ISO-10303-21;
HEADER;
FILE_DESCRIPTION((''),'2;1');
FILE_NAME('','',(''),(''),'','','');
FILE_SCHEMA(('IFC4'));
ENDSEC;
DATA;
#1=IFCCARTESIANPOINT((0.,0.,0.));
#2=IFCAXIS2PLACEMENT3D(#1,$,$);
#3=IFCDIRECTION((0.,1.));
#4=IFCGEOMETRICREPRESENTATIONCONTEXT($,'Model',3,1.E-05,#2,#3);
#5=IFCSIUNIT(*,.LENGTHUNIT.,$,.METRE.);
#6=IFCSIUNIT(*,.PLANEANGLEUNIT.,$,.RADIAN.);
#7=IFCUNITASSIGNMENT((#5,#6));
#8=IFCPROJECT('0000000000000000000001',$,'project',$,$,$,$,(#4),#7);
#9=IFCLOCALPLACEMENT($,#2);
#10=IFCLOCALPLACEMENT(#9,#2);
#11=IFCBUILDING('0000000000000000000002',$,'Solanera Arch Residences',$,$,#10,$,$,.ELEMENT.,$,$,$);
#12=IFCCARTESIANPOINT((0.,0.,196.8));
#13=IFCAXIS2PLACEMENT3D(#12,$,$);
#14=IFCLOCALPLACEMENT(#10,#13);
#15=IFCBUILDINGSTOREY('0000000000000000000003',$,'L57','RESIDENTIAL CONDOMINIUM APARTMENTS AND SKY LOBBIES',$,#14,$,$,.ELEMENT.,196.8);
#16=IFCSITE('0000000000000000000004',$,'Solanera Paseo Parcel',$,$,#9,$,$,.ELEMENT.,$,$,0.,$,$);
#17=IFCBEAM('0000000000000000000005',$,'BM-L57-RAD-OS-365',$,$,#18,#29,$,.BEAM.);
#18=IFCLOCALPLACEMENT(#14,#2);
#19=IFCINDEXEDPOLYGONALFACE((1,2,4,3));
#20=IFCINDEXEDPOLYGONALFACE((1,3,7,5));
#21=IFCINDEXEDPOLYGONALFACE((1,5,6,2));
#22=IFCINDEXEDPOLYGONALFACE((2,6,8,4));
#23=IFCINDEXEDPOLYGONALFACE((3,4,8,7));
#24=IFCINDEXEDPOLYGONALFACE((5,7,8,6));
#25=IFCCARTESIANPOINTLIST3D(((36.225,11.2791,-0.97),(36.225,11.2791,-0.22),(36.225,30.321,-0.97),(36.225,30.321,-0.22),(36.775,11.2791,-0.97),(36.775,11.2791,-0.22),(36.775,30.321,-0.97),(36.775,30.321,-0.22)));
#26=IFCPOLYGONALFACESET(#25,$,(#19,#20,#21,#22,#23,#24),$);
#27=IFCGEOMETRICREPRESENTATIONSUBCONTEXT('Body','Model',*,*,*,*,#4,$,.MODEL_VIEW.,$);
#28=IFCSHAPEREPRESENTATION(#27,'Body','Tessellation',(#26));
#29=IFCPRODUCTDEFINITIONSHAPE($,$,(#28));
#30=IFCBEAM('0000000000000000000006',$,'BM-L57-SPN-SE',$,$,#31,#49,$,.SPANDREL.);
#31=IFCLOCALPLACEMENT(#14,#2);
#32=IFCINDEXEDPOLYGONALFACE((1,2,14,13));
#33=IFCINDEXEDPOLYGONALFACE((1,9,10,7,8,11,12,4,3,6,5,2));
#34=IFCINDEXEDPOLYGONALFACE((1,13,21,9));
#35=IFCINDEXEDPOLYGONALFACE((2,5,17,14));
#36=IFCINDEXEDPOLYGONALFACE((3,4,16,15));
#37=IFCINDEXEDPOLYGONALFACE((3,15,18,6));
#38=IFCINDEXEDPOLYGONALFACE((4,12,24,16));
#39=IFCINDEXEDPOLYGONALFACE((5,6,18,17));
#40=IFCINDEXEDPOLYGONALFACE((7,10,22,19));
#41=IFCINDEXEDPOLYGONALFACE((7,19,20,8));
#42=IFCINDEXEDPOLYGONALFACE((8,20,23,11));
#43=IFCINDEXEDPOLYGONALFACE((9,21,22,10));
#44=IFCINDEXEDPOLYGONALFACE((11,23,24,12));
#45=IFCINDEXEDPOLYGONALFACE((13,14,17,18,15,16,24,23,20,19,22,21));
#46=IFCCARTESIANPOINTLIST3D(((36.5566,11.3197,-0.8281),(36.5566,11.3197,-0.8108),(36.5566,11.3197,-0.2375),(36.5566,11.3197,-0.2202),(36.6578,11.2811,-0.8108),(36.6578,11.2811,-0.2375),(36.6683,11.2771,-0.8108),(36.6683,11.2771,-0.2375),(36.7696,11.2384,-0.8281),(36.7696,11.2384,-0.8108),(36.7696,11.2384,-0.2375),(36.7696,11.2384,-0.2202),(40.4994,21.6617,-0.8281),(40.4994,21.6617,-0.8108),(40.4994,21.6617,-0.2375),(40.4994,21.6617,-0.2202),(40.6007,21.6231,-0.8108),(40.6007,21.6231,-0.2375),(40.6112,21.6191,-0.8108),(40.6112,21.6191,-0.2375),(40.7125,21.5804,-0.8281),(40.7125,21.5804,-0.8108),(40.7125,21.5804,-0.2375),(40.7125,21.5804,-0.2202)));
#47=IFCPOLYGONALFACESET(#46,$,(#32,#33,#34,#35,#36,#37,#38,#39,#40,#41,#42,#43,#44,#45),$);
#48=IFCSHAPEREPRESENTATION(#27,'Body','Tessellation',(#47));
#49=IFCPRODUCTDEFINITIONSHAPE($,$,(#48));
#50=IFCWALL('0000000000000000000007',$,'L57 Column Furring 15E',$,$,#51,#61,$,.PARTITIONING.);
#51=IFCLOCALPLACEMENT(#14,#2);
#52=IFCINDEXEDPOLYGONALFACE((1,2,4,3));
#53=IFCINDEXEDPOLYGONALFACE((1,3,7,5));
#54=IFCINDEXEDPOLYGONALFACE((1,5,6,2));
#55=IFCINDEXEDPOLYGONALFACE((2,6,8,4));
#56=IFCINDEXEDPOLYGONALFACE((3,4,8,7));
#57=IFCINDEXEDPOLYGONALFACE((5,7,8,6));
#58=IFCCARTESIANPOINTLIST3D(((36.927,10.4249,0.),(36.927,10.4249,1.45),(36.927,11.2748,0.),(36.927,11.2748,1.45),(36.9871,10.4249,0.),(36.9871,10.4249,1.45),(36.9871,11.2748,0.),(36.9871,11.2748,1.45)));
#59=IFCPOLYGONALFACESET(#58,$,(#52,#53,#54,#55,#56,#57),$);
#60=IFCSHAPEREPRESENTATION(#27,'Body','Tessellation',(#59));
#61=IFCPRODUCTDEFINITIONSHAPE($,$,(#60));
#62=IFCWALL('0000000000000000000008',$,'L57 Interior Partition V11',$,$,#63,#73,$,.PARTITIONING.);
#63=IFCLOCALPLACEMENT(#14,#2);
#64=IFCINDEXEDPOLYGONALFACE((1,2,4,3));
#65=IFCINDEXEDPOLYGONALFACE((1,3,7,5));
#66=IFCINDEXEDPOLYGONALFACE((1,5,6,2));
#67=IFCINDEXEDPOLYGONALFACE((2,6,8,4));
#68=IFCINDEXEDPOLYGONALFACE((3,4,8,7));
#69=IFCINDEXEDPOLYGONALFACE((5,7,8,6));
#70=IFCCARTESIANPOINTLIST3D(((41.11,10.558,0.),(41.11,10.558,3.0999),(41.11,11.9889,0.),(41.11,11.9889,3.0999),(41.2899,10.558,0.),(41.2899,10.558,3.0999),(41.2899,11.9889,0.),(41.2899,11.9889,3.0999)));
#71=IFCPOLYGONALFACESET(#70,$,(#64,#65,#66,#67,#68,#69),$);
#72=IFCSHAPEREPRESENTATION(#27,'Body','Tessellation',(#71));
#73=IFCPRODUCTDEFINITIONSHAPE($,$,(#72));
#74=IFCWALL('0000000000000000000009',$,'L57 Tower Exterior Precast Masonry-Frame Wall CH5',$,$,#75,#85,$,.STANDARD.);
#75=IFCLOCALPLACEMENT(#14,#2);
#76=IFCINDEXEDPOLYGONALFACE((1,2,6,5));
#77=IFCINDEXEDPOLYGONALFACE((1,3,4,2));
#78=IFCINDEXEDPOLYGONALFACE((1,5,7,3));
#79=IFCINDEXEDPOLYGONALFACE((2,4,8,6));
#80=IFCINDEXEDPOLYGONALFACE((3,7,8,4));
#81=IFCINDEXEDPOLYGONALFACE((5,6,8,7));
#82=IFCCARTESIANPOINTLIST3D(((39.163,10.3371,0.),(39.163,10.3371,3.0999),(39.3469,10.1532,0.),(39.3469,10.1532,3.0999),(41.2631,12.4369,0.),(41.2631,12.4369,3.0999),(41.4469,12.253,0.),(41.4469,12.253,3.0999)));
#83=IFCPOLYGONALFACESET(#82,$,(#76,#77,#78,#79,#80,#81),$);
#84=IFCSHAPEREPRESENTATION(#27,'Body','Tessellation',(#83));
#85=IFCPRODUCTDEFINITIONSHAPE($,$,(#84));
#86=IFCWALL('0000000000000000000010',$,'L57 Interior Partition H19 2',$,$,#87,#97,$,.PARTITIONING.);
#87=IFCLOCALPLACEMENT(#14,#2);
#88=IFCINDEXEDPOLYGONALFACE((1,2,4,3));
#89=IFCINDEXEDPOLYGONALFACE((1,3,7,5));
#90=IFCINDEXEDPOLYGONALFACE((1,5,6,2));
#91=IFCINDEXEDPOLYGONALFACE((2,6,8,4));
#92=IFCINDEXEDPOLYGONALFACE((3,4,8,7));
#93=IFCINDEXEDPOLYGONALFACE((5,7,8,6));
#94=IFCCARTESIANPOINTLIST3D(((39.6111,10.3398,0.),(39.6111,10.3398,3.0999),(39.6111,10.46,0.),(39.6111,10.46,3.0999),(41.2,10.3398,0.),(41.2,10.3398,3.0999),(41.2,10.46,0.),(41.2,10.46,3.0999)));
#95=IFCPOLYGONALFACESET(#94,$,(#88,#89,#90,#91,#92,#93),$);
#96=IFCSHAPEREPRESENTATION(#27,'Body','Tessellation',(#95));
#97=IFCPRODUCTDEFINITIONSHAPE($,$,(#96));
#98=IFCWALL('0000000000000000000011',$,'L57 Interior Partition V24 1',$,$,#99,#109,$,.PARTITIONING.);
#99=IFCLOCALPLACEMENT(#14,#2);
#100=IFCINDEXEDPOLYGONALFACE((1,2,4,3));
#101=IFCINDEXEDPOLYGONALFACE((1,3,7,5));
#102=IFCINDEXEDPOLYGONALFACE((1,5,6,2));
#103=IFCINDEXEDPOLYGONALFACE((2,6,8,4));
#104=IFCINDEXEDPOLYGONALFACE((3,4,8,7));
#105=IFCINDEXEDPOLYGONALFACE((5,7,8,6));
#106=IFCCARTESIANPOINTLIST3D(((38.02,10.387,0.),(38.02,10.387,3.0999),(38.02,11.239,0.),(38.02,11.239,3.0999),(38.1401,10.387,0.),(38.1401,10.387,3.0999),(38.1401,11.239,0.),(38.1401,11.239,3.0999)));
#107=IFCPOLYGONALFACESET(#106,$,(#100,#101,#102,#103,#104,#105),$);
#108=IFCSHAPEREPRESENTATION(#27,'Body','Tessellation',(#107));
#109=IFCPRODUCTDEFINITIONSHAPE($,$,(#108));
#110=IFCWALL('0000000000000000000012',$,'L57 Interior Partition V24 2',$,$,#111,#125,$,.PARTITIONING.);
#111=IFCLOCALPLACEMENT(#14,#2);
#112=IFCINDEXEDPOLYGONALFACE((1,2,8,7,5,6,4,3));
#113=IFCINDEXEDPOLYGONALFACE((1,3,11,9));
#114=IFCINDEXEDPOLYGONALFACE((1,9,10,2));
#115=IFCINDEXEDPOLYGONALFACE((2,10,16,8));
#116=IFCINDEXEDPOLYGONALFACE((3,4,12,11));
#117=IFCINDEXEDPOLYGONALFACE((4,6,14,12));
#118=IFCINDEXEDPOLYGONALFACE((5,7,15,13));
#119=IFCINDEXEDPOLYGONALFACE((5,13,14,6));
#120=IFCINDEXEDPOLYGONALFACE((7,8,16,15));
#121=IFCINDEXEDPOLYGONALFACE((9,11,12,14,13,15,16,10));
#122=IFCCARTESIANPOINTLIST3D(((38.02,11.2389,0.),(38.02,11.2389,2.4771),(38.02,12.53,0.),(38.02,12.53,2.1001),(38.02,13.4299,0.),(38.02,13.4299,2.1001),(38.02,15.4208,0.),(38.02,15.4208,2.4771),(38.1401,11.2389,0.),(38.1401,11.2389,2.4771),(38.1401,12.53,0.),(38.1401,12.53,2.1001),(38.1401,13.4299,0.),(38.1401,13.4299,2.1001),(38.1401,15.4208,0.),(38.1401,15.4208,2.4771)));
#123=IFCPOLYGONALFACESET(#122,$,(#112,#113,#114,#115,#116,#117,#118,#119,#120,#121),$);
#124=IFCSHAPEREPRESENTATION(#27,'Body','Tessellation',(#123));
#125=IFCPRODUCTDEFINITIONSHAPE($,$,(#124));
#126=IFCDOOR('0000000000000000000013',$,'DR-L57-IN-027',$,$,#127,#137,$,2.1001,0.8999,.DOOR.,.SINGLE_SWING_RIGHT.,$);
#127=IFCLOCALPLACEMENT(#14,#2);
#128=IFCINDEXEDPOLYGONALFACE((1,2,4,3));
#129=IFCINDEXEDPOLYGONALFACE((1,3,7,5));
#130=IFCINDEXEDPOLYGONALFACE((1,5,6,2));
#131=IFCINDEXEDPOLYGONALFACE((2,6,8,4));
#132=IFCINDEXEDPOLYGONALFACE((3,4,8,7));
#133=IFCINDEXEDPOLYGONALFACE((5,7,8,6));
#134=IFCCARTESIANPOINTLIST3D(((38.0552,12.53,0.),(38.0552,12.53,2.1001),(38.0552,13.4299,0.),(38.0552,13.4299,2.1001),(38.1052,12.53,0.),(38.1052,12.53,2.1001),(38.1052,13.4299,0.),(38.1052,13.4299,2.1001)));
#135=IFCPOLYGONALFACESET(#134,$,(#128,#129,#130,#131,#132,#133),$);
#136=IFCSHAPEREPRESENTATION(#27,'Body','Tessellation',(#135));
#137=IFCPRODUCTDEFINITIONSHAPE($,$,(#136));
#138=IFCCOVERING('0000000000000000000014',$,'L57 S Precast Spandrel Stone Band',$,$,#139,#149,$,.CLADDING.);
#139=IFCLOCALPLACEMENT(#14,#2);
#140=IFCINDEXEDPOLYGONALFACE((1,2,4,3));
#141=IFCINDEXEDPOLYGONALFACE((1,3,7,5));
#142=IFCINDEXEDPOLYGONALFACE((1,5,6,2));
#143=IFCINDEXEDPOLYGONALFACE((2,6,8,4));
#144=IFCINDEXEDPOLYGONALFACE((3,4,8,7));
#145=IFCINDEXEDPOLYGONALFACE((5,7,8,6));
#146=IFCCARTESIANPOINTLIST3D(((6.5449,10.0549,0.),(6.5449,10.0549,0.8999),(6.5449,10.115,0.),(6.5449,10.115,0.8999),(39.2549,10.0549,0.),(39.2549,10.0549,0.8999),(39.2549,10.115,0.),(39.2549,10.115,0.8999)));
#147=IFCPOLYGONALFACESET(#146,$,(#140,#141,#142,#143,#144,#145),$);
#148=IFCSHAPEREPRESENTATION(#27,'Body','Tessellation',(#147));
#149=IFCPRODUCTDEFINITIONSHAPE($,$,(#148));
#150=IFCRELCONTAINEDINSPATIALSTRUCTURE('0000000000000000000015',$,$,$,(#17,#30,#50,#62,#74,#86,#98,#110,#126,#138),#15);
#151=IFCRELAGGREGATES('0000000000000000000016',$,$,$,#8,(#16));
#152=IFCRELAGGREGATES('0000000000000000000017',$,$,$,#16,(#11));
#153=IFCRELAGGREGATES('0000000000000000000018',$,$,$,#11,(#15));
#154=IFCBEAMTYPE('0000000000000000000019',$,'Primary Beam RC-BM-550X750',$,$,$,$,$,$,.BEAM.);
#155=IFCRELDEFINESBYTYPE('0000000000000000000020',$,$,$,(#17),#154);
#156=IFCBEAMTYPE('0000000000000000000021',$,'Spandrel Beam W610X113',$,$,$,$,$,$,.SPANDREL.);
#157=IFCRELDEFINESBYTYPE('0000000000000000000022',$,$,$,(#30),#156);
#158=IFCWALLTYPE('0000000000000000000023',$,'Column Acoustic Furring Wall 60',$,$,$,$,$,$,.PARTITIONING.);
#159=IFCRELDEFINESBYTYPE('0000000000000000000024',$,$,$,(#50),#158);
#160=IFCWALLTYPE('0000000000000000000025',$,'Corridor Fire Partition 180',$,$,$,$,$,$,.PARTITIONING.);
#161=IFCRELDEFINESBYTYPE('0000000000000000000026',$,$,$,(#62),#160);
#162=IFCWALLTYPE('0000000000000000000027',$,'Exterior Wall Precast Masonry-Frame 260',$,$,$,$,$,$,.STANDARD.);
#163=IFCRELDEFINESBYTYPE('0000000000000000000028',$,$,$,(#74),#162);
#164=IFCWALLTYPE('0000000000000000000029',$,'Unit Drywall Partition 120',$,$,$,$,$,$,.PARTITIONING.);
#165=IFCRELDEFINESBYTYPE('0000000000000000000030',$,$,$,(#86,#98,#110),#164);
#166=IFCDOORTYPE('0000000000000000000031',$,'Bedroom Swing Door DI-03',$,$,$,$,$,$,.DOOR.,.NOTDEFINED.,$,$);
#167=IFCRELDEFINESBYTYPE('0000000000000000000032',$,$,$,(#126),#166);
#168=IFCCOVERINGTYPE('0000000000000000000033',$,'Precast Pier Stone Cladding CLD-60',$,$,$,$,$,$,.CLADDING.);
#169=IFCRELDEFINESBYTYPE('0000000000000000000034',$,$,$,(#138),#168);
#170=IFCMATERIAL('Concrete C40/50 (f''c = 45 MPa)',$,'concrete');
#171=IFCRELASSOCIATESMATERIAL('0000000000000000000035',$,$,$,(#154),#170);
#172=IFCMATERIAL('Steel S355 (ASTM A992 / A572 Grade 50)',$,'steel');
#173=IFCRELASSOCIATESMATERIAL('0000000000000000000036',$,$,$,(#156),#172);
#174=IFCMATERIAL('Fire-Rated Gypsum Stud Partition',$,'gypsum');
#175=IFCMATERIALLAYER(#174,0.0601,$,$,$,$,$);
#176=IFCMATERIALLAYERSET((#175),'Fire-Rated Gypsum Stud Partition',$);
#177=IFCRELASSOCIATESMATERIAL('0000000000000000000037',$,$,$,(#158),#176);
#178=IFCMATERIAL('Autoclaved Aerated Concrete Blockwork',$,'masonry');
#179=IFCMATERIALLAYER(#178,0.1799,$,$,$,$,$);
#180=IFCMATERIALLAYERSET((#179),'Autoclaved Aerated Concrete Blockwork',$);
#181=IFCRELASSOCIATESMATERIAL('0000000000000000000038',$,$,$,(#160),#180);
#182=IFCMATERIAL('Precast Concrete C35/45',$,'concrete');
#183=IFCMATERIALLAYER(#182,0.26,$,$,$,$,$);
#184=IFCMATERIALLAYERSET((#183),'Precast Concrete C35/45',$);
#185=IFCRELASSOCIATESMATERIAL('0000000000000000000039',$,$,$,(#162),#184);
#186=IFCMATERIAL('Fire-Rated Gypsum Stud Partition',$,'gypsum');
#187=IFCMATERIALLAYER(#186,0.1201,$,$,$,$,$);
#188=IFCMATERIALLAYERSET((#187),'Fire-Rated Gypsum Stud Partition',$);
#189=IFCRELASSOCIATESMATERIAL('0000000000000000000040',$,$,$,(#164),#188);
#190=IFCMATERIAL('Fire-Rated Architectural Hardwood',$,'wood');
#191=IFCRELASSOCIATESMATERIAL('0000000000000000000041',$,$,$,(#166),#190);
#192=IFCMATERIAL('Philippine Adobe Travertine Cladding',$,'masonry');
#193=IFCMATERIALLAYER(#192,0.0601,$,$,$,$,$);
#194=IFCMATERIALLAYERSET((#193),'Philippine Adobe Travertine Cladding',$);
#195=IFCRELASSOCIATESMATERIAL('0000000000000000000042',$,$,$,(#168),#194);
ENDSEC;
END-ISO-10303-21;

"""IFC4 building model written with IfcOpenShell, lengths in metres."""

from ifc_helpers import new_model, si_unit, direction, frame, frame_2d, origin, origin_2d, place, context, subcontext, project, spatial, rectangle, i_section, extrude, material, layer, layer_set, material_profile, profile_set, type_object, element, fill, save


model = new_model("IFC4")

# Units and contexts
model_context = context("Model", 3, precision=1e-05, world=origin(), true_north=direction((0.0, 1.0)))
body_context = subcontext(model_context, "Body", "Model", "MODEL_VIEW")
ifc_project = project(units=[si_unit("LENGTHUNIT", "METRE"), si_unit("PLANEANGLEUNIT", "RADIAN")], contexts=[model_context])

# Site, building, storey
site_placement = place(None, origin())
site = spatial("IfcSite", under=ifc_project, at=site_placement, Name="Solanera Paseo Parcel", CompositionType="ELEMENT", RefElevation=0.0)
building_placement = place(site_placement, origin())
building = spatial("IfcBuilding", under=site, at=building_placement, Name="Solanera Arch Residences", CompositionType="ELEMENT")
storey_placement = place(building_placement, frame((0.0, 0.0, 196.8)))
storey = spatial("IfcBuildingStorey", under=building, at=storey_placement, Name="L57", Description="RESIDENTIAL CONDOMINIUM APARTMENTS AND SKY LOBBIES", CompositionType="ELEMENT", Elevation=196.8)

# Beams
ifc_material_1 = material(Name="Concrete C40/50 (f'c = 45 MPa)", Category="concrete")
ifc_material_profile_1 = material_profile(ifc_material_1, rectangle(XDim=0.55, YDim=0.75, at=origin_2d()))
ifc_profile_set_1 = profile_set([ifc_material_profile_1], Name="Concrete C40/50 (f'c = 45 MPa)")
beam_type_1 = type_object("IfcBeamType", Name="Primary Beam RC-BM-550X750", PredefinedType="BEAM", material=ifc_profile_set_1)
beam_1_placement = place(storey_placement, frame((36.5, 11.2791, -0.595), z_axis=(0.0, 1.0, 0.0), x_axis=(-1.0, 0.0, 0.0)))
element("IfcBeam", 1, at=beam_1_placement, inside=storey, type_object=beam_type_1, Name="BM-L57-RAD-OS-365", PredefinedType="BEAM", context=body_context, shape_type="SweptSolid", body=[
    extrude(rectangle(XDim=0.55, YDim=0.75, at=origin_2d()), origin(), (0.0, 0.0, 1.0), 19.042),
])
ifc_material_2 = material(Name="Steel S355 (ASTM A992 / A572 Grade 50)", Category="steel")
ifc_material_profile_2 = material_profile(ifc_material_2, i_section(OverallWidth=0.228, OverallDepth=0.6079, WebThickness=0.0112, FlangeThickness=0.0173, at=origin_2d()))
ifc_profile_set_2 = profile_set([ifc_material_profile_2], Name="Steel S355 (ASTM A992 / A572 Grade 50)")
beam_type_2 = type_object("IfcBeamType", Name="Spandrel Beam W610X113", PredefinedType="SPANDREL", material=ifc_profile_set_2)
beam_2_placement = place(storey_placement, frame((36.6631, 11.2791, -0.5242), z_axis=(0.356236, 0.934396, 0.0), x_axis=(-0.934396, 0.356236, 0.0)))
element("IfcBeam", 2, at=beam_2_placement, inside=storey, type_object=beam_type_2, Name="BM-L57-SPN-SE", PredefinedType="SPANDREL", context=body_context, shape_type="SweptSolid", body=[
    extrude(i_section(OverallWidth=0.228, OverallDepth=0.6079, WebThickness=0.0112, FlangeThickness=0.0173, at=origin_2d()), origin(), (0.0, 0.0, 1.0), 11.0681),
])

# Walls
ifc_material_3 = material(Name="Fire-Rated Gypsum Stud Partition", Category="gypsum")
ifc_layer_1 = layer(ifc_material_3, 0.0601)
ifc_layer_set_1 = layer_set([ifc_layer_1], Name="Fire-Rated Gypsum Stud Partition")
wall_type_1 = type_object("IfcWallType", Name="Column Acoustic Furring Wall 60", PredefinedType="PARTITIONING", material=ifc_layer_set_1)
wall_1_placement = place(storey_placement, frame((36.957, 10.425, 0.0), z_axis=(0.0, 0.0, 1.0), x_axis=(0.0, 1.0, 0.0)))
element("IfcWall", 3, at=wall_1_placement, inside=storey, type_object=wall_type_1, Name="L57 Column Furring 15E", PredefinedType="PARTITIONING", context=body_context, shape_type="SweptSolid", body=[
    extrude(rectangle(XDim=0.8499, YDim=0.0601, at=frame_2d((0.4248, 0.0))), origin(), (0.0, 0.0, 1.0), 1.45),
])
ifc_material_4 = material(Name="Autoclaved Aerated Concrete Blockwork", Category="masonry")
ifc_layer_2 = layer(ifc_material_4, 0.1799)
ifc_layer_set_2 = layer_set([ifc_layer_2], Name="Autoclaved Aerated Concrete Blockwork")
wall_type_2 = type_object("IfcWallType", Name="Corridor Fire Partition 180", PredefinedType="PARTITIONING", material=ifc_layer_set_2)
wall_2_placement = place(storey_placement, frame((41.2, 10.5581, 0.0), z_axis=(0.0, 0.0, 1.0), x_axis=(0.0, 1.0, 0.0)))
element("IfcWall", 4, at=wall_2_placement, inside=storey, type_object=wall_type_2, Name="L57 Interior Partition V11", PredefinedType="PARTITIONING", context=body_context, shape_type="SweptSolid", body=[
    extrude(rectangle(XDim=1.4309, YDim=0.1799, at=frame_2d((0.7153, 0.0))), origin(), (0.0, 0.0, 1.0), 3.0999),
])
ifc_material_5 = material(Name="Precast Concrete C35/45", Category="concrete")
ifc_layer_3 = layer(ifc_material_5, 0.26)
ifc_layer_set_3 = layer_set([ifc_layer_3], Name="Precast Concrete C35/45")
wall_type_3 = type_object("IfcWallType", Name="Exterior Wall Precast Masonry-Frame 260", PredefinedType="STANDARD", material=ifc_layer_set_3)
wall_3_placement = place(storey_placement, frame((41.355, 12.345, 0.0), z_axis=(0.0, 0.0, 1.0), x_axis=(-0.707148, -0.707066, 0.0)))
element("IfcWall", 5, at=wall_3_placement, inside=storey, type_object=wall_type_3, Name="L57 Tower Exterior Precast Masonry-Frame Wall CH5", PredefinedType="STANDARD", context=body_context, shape_type="SweptSolid", body=[
    extrude(rectangle(XDim=2.9697, YDim=0.26, at=frame_2d((1.4849, 0.0))), origin(), (0.0, 0.0, 1.0), 3.0999),
])

# Walls
ifc_material_6 = material(Name="Fire-Rated Gypsum Stud Partition", Category="gypsum")
ifc_layer_4 = layer(ifc_material_6, 0.1201)
ifc_layer_set_4 = layer_set([ifc_layer_4], Name="Fire-Rated Gypsum Stud Partition")
wall_type_4 = type_object("IfcWallType", Name="Unit Drywall Partition 120", PredefinedType="PARTITIONING", material=ifc_layer_set_4)
wall_4_placement = place(storey_placement, frame((39.6111, 10.3999, 0.0), z_axis=(0.0, 0.0, 1.0), x_axis=(1.0, 0.0, 0.0)))
element("IfcWall", 6, at=wall_4_placement, inside=storey, type_object=wall_type_4, Name="L57 Interior Partition H19 2", PredefinedType="PARTITIONING", context=body_context, shape_type="SweptSolid", body=[
    extrude(rectangle(XDim=1.5889, YDim=0.1201, at=frame_2d((0.7944, 0.0))), origin(), (0.0, 0.0, 1.0), 3.0999),
])
wall_5_placement = place(storey_placement, frame((38.0801, 10.387, 0.0), z_axis=(0.0, 0.0, 1.0), x_axis=(0.0, 1.0, 0.0)))
element("IfcWall", 7, at=wall_5_placement, inside=storey, type_object=wall_type_4, Name="L57 Interior Partition V24 1", PredefinedType="PARTITIONING", context=body_context, shape_type="SweptSolid", body=[
    extrude(rectangle(XDim=0.8521, YDim=0.1201, at=frame_2d((0.426, 0.0))), origin(), (0.0, 0.0, 1.0), 3.0999),
])

# Wall, opening, door
wall_6_placement = place(storey_placement, frame((38.0801, 11.239, 0.0), z_axis=(0.0, 0.0, 1.0), x_axis=(0.0, 1.0, 0.0)))
wall_6 = element("IfcWall", 8, at=wall_6_placement, inside=storey, type_object=wall_type_4, Name="L57 Interior Partition V24 2", PredefinedType="PARTITIONING", context=body_context, shape_type="SweptSolid", body=[
    extrude(rectangle(XDim=4.1819, YDim=0.1201, at=frame_2d((2.0908, 0.0))), origin(), (0.0, 0.0, 1.0), 2.4771),
])
opening_1_placement = place(wall_6_placement, frame((1.291, 0.0, 0.0)))
opening_1 = element("IfcOpeningElement", 9, at=opening_1_placement, cuts=wall_6, PredefinedType="OPENING", context=body_context, shape_type="SweptSolid", body=[
    extrude(rectangle(XDim=0.8999, YDim=2.1001, at=frame_2d((0.45, 1.05))), frame((0.0, 0.0701, 0.0), z_axis=(0.0, -1.0, 0.0), x_axis=(1.0, 0.0, 0.0)), (0.0, 0.0, 1.0), 0.1401),
])
ifc_material_7 = material(Name="Fire-Rated Architectural Hardwood", Category="wood")
door_type_1 = type_object("IfcDoorType", Name="Bedroom Swing Door DI-03", OperationType="NOTDEFINED", PredefinedType="DOOR", material=ifc_material_7)
door_1_placement = place(opening_1_placement, origin())
door_1 = element("IfcDoor", 10, at=door_1_placement, inside=storey, type_object=door_type_1, Name="DR-L57-IN-027", OperationType="SINGLE_SWING_RIGHT", OverallHeight=2.1001, OverallWidth=0.8999, PredefinedType="DOOR", context=body_context, shape_type="SweptSolid", body=[
    extrude(rectangle(XDim=0.8999, YDim=2.1001, at=frame_2d((0.45, 1.05))), frame((0.0, 0.0249, 0.0), z_axis=(0.0, -1.0, 0.0), x_axis=(1.0, 0.0, 0.0)), (0.0, 0.0, 1.0), 0.05),
])
fill(opening_1, door_1)

# Covering
ifc_material_8 = material(Name="Philippine Adobe Travertine Cladding", Category="masonry")
ifc_layer_5 = layer(ifc_material_8, 0.0601)
ifc_layer_set_5 = layer_set([ifc_layer_5], Name="Philippine Adobe Travertine Cladding")
covering_type = type_object("IfcCoveringType", Name="Precast Pier Stone Cladding CLD-60", PredefinedType="CLADDING", material=ifc_layer_set_5)
covering_placement = place(storey_placement, frame((39.2549, 10.085, 0.0), z_axis=(0.0, 0.0, 1.0), x_axis=(-1.0, 0.0, 0.0)))
element("IfcCovering", 11, at=covering_placement, inside=storey, type_object=covering_type, Name="L57 S Precast Spandrel Stone Band", PredefinedType="CLADDING", context=body_context, shape_type="SweptSolid", body=[
    extrude(rectangle(XDim=32.71, YDim=0.0601, at=frame_2d((16.355, 0.0))), origin(), (0.0, 0.0, 1.0), 0.8999),
])

save(model, "model.ifc")
